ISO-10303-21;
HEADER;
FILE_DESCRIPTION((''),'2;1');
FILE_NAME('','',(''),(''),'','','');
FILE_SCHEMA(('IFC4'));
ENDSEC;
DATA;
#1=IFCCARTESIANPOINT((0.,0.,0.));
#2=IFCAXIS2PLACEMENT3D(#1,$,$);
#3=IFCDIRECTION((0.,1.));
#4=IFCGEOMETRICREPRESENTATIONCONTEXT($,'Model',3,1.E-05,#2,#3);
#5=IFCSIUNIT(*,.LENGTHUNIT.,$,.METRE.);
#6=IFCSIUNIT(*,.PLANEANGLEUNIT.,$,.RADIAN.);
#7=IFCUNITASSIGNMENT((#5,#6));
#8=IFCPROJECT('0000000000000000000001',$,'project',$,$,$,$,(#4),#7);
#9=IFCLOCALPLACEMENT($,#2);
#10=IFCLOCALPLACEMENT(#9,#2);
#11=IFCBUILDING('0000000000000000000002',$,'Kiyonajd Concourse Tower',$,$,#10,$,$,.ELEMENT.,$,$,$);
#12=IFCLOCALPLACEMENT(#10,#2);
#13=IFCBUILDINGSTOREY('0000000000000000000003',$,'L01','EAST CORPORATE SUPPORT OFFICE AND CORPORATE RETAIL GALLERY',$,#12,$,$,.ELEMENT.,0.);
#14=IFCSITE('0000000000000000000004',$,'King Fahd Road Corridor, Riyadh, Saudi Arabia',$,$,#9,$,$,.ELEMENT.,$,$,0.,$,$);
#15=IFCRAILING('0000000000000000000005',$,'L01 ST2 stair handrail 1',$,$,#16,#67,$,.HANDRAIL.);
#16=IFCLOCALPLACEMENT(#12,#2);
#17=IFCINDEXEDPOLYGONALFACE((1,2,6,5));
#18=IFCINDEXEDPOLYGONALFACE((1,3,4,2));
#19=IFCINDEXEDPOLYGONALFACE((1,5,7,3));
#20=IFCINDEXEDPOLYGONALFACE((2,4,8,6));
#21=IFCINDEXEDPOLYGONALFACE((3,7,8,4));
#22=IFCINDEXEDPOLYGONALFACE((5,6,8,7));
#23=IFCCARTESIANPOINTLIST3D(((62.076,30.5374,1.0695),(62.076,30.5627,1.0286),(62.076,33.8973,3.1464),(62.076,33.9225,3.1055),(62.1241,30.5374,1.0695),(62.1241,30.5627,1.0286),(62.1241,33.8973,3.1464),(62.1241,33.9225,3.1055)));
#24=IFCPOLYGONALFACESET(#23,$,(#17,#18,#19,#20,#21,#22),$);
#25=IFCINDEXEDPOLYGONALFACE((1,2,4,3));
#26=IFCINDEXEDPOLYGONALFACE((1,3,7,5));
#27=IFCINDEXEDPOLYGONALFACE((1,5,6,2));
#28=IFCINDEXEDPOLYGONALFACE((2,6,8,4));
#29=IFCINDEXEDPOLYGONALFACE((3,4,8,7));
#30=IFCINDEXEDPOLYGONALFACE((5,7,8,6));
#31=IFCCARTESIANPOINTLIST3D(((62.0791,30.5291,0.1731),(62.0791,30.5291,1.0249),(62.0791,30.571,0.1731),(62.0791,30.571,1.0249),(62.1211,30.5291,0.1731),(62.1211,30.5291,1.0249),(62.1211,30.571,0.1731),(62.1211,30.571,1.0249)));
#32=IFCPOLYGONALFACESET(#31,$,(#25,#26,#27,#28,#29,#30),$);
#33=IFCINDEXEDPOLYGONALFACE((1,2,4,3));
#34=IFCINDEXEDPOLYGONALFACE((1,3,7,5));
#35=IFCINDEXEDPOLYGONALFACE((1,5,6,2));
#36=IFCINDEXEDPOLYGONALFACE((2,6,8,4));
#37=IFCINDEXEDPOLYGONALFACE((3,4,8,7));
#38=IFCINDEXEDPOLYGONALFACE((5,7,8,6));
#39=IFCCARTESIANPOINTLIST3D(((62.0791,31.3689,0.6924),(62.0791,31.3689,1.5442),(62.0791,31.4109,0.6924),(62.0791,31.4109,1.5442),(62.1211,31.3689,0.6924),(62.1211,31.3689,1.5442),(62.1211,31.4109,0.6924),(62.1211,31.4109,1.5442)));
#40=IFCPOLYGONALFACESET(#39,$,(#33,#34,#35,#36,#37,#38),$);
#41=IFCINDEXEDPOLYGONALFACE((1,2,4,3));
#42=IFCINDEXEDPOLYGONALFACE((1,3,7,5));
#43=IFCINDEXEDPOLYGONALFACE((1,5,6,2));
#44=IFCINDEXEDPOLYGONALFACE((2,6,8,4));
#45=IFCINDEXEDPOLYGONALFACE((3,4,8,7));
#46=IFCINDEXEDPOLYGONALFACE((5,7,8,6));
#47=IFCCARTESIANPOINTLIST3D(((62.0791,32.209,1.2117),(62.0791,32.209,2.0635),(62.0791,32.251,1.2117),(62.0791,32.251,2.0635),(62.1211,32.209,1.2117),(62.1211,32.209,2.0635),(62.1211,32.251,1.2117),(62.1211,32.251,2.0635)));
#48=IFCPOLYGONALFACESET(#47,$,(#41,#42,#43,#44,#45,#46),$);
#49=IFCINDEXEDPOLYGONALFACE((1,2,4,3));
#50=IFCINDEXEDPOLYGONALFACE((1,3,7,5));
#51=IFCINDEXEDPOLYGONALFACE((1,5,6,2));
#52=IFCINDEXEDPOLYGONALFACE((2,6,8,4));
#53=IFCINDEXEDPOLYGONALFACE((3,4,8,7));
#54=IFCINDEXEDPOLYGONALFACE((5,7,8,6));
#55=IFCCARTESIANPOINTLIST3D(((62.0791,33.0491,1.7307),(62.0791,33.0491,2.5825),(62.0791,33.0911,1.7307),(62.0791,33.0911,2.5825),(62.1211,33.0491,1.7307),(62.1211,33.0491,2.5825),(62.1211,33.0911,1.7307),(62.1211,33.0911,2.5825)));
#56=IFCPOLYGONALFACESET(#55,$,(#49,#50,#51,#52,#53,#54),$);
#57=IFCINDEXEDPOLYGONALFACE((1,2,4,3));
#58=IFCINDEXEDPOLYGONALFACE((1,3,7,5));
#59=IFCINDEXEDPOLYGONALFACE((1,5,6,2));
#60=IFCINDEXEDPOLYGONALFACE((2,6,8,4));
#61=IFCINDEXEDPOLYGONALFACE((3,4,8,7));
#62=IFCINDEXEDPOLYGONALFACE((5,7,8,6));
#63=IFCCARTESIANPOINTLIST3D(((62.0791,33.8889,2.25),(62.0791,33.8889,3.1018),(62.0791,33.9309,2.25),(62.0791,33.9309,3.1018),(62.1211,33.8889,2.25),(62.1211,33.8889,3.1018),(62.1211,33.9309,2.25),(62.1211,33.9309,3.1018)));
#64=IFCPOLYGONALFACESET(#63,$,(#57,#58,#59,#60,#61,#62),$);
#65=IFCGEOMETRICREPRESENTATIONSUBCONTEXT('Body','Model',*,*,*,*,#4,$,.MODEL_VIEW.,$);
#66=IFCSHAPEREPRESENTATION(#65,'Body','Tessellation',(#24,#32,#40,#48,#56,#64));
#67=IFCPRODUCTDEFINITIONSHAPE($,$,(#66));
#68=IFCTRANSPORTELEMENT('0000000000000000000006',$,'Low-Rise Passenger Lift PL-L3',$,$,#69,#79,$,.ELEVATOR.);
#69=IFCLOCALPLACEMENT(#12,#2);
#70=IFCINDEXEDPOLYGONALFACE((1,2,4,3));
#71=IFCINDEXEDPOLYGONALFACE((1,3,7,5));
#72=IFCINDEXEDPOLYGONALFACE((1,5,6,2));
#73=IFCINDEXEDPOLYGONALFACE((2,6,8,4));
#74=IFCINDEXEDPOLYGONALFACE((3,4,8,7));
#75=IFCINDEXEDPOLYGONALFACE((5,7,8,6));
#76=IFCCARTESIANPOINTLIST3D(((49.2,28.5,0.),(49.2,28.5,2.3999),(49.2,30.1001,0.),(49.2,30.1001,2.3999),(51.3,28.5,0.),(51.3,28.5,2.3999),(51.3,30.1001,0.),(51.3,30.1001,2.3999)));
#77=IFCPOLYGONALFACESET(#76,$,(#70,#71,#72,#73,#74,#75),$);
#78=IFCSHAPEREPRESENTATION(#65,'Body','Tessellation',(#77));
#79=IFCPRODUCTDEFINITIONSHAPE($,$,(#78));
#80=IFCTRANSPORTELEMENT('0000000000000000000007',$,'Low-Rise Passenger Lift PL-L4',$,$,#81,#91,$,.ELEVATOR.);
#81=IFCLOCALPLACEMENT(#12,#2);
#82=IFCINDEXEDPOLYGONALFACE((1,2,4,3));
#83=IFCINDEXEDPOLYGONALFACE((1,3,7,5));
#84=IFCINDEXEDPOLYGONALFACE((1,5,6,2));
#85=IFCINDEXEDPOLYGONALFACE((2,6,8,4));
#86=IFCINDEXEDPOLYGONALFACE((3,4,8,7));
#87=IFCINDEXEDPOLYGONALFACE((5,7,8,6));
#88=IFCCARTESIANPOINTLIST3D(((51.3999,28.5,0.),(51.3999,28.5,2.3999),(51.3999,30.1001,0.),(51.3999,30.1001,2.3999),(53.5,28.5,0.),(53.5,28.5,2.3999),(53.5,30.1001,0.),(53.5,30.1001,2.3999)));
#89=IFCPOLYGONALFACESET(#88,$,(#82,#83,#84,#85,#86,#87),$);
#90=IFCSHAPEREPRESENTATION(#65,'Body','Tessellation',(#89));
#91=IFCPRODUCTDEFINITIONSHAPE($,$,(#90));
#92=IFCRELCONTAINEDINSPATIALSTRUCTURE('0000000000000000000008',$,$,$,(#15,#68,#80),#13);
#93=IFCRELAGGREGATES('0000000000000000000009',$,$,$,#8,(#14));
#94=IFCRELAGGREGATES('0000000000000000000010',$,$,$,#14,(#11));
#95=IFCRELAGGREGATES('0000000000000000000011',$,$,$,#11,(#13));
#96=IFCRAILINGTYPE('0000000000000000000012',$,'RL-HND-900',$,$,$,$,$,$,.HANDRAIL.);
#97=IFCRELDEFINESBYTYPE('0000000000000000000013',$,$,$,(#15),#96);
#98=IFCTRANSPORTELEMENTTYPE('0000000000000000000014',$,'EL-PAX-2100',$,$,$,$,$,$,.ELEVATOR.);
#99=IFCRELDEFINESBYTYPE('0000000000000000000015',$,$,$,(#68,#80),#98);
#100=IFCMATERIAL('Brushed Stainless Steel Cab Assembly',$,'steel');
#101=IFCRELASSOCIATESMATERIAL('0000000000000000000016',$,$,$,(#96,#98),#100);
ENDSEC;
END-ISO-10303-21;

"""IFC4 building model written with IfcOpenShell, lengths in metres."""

from ifc_helpers import new_model, si_unit, direction, frame, origin, origin_2d, place, context, subcontext, project, spatial, rectangle, extrude, material, type_object, element, save


model = new_model("IFC4")

# Units and contexts
model_context = context("Model", 3, precision=1e-05, world=origin(), true_north=direction((0.0, 1.0)))
body_context = subcontext(model_context, "Body", "Model", "MODEL_VIEW")
ifc_project = project(units=[si_unit("LENGTHUNIT", "METRE"), si_unit("PLANEANGLEUNIT", "RADIAN")], contexts=[model_context])

# Site, building, storey
site_placement = place(None, origin())
site = spatial("IfcSite", under=ifc_project, at=site_placement, Name="King Fahd Road Corridor, Riyadh, Saudi Arabia", CompositionType="ELEMENT", RefElevation=0.0)
building_placement = place(site_placement, origin())
building = spatial("IfcBuilding", under=site, at=building_placement, Name="Kiyonajd Concourse Tower", CompositionType="ELEMENT")
storey_placement = place(building_placement, origin())
storey = spatial("IfcBuildingStorey", under=building, at=storey_placement, Name="L01", Description="EAST CORPORATE SUPPORT OFFICE AND CORPORATE RETAIL GALLERY", CompositionType="ELEMENT", Elevation=0.0)

# Shared definitions
ifc_material_1 = material(Name="Brushed Stainless Steel Cab Assembly", Category="steel")

# Railing
railing_type_1 = type_object("IfcRailingType", Name="RL-HND-900", PredefinedType="HANDRAIL", material=ifc_material_1)
railing_1_placement = place(storey_placement, frame((62.1001, 30.55, 0.1731)))
element("IfcRailing", 1, at=railing_1_placement, inside=storey, type_object=railing_type_1, Name="L01 ST2 stair handrail 1", PredefinedType="HANDRAIL", context=body_context, shape_type="SweptSolid", body=[
    extrude(rectangle(XDim=0.0481, YDim=0.0481, at=origin_2d()), frame((0.0, 0.0, 0.876), z_axis=(0.0, 0.850606, 0.525803), x_axis=(-1.0, 0.0, 0.0)), (0.0, 0.0, 1.0), 3.95),
    extrude(rectangle(XDim=0.042, YDim=0.042, at=origin_2d()), origin(), (0.0, 0.0, 1.0), 0.8518),
    extrude(rectangle(XDim=0.042, YDim=0.042, at=origin_2d()), frame((0.0, 0.8398, 0.5193)), (0.0, 0.0, 1.0), 0.8518),
    extrude(rectangle(XDim=0.042, YDim=0.042, at=origin_2d()), frame((0.0, 1.6799, 1.0386)), (0.0, 0.0, 1.0), 0.8518),
    extrude(rectangle(XDim=0.042, YDim=0.042, at=origin_2d()), frame((0.0, 2.52, 1.5576)), (0.0, 0.0, 1.0), 0.8518),
    extrude(rectangle(XDim=0.042, YDim=0.042, at=origin_2d()), frame((0.0, 3.3599, 2.0769)), (0.0, 0.0, 1.0), 0.8518),
])

# Transport elements
transport_element_type = type_object("IfcTransportElementType", Name="EL-PAX-2100", PredefinedType="ELEVATOR", material=ifc_material_1)
for number, where, z_axis, x_axis, name in (
    (2, (50.25, 29.3, 0.0), (0.0, 0.0, 1.0), (1.0, 0.0, 0.0), "Low-Rise Passenger Lift PL-L3"),
    (3, (52.45, 29.3, 0.0), (0.0, 0.0, 1.0), (1.0, 0.0, 0.0), "Low-Rise Passenger Lift PL-L4"),
):
    element("IfcTransportElement", number, at=place(storey_placement, frame(where, z_axis=z_axis, x_axis=x_axis)), inside=storey, type_object=transport_element_type, Name=name, PredefinedType="ELEVATOR", context=body_context, shape_type="SweptSolid", body=[
        extrude(rectangle(XDim=2.1001, YDim=1.6001, at=origin_2d()), origin(), (0.0, 0.0, 1.0), 2.3999),
    ])

save(model, "model.ifc")
